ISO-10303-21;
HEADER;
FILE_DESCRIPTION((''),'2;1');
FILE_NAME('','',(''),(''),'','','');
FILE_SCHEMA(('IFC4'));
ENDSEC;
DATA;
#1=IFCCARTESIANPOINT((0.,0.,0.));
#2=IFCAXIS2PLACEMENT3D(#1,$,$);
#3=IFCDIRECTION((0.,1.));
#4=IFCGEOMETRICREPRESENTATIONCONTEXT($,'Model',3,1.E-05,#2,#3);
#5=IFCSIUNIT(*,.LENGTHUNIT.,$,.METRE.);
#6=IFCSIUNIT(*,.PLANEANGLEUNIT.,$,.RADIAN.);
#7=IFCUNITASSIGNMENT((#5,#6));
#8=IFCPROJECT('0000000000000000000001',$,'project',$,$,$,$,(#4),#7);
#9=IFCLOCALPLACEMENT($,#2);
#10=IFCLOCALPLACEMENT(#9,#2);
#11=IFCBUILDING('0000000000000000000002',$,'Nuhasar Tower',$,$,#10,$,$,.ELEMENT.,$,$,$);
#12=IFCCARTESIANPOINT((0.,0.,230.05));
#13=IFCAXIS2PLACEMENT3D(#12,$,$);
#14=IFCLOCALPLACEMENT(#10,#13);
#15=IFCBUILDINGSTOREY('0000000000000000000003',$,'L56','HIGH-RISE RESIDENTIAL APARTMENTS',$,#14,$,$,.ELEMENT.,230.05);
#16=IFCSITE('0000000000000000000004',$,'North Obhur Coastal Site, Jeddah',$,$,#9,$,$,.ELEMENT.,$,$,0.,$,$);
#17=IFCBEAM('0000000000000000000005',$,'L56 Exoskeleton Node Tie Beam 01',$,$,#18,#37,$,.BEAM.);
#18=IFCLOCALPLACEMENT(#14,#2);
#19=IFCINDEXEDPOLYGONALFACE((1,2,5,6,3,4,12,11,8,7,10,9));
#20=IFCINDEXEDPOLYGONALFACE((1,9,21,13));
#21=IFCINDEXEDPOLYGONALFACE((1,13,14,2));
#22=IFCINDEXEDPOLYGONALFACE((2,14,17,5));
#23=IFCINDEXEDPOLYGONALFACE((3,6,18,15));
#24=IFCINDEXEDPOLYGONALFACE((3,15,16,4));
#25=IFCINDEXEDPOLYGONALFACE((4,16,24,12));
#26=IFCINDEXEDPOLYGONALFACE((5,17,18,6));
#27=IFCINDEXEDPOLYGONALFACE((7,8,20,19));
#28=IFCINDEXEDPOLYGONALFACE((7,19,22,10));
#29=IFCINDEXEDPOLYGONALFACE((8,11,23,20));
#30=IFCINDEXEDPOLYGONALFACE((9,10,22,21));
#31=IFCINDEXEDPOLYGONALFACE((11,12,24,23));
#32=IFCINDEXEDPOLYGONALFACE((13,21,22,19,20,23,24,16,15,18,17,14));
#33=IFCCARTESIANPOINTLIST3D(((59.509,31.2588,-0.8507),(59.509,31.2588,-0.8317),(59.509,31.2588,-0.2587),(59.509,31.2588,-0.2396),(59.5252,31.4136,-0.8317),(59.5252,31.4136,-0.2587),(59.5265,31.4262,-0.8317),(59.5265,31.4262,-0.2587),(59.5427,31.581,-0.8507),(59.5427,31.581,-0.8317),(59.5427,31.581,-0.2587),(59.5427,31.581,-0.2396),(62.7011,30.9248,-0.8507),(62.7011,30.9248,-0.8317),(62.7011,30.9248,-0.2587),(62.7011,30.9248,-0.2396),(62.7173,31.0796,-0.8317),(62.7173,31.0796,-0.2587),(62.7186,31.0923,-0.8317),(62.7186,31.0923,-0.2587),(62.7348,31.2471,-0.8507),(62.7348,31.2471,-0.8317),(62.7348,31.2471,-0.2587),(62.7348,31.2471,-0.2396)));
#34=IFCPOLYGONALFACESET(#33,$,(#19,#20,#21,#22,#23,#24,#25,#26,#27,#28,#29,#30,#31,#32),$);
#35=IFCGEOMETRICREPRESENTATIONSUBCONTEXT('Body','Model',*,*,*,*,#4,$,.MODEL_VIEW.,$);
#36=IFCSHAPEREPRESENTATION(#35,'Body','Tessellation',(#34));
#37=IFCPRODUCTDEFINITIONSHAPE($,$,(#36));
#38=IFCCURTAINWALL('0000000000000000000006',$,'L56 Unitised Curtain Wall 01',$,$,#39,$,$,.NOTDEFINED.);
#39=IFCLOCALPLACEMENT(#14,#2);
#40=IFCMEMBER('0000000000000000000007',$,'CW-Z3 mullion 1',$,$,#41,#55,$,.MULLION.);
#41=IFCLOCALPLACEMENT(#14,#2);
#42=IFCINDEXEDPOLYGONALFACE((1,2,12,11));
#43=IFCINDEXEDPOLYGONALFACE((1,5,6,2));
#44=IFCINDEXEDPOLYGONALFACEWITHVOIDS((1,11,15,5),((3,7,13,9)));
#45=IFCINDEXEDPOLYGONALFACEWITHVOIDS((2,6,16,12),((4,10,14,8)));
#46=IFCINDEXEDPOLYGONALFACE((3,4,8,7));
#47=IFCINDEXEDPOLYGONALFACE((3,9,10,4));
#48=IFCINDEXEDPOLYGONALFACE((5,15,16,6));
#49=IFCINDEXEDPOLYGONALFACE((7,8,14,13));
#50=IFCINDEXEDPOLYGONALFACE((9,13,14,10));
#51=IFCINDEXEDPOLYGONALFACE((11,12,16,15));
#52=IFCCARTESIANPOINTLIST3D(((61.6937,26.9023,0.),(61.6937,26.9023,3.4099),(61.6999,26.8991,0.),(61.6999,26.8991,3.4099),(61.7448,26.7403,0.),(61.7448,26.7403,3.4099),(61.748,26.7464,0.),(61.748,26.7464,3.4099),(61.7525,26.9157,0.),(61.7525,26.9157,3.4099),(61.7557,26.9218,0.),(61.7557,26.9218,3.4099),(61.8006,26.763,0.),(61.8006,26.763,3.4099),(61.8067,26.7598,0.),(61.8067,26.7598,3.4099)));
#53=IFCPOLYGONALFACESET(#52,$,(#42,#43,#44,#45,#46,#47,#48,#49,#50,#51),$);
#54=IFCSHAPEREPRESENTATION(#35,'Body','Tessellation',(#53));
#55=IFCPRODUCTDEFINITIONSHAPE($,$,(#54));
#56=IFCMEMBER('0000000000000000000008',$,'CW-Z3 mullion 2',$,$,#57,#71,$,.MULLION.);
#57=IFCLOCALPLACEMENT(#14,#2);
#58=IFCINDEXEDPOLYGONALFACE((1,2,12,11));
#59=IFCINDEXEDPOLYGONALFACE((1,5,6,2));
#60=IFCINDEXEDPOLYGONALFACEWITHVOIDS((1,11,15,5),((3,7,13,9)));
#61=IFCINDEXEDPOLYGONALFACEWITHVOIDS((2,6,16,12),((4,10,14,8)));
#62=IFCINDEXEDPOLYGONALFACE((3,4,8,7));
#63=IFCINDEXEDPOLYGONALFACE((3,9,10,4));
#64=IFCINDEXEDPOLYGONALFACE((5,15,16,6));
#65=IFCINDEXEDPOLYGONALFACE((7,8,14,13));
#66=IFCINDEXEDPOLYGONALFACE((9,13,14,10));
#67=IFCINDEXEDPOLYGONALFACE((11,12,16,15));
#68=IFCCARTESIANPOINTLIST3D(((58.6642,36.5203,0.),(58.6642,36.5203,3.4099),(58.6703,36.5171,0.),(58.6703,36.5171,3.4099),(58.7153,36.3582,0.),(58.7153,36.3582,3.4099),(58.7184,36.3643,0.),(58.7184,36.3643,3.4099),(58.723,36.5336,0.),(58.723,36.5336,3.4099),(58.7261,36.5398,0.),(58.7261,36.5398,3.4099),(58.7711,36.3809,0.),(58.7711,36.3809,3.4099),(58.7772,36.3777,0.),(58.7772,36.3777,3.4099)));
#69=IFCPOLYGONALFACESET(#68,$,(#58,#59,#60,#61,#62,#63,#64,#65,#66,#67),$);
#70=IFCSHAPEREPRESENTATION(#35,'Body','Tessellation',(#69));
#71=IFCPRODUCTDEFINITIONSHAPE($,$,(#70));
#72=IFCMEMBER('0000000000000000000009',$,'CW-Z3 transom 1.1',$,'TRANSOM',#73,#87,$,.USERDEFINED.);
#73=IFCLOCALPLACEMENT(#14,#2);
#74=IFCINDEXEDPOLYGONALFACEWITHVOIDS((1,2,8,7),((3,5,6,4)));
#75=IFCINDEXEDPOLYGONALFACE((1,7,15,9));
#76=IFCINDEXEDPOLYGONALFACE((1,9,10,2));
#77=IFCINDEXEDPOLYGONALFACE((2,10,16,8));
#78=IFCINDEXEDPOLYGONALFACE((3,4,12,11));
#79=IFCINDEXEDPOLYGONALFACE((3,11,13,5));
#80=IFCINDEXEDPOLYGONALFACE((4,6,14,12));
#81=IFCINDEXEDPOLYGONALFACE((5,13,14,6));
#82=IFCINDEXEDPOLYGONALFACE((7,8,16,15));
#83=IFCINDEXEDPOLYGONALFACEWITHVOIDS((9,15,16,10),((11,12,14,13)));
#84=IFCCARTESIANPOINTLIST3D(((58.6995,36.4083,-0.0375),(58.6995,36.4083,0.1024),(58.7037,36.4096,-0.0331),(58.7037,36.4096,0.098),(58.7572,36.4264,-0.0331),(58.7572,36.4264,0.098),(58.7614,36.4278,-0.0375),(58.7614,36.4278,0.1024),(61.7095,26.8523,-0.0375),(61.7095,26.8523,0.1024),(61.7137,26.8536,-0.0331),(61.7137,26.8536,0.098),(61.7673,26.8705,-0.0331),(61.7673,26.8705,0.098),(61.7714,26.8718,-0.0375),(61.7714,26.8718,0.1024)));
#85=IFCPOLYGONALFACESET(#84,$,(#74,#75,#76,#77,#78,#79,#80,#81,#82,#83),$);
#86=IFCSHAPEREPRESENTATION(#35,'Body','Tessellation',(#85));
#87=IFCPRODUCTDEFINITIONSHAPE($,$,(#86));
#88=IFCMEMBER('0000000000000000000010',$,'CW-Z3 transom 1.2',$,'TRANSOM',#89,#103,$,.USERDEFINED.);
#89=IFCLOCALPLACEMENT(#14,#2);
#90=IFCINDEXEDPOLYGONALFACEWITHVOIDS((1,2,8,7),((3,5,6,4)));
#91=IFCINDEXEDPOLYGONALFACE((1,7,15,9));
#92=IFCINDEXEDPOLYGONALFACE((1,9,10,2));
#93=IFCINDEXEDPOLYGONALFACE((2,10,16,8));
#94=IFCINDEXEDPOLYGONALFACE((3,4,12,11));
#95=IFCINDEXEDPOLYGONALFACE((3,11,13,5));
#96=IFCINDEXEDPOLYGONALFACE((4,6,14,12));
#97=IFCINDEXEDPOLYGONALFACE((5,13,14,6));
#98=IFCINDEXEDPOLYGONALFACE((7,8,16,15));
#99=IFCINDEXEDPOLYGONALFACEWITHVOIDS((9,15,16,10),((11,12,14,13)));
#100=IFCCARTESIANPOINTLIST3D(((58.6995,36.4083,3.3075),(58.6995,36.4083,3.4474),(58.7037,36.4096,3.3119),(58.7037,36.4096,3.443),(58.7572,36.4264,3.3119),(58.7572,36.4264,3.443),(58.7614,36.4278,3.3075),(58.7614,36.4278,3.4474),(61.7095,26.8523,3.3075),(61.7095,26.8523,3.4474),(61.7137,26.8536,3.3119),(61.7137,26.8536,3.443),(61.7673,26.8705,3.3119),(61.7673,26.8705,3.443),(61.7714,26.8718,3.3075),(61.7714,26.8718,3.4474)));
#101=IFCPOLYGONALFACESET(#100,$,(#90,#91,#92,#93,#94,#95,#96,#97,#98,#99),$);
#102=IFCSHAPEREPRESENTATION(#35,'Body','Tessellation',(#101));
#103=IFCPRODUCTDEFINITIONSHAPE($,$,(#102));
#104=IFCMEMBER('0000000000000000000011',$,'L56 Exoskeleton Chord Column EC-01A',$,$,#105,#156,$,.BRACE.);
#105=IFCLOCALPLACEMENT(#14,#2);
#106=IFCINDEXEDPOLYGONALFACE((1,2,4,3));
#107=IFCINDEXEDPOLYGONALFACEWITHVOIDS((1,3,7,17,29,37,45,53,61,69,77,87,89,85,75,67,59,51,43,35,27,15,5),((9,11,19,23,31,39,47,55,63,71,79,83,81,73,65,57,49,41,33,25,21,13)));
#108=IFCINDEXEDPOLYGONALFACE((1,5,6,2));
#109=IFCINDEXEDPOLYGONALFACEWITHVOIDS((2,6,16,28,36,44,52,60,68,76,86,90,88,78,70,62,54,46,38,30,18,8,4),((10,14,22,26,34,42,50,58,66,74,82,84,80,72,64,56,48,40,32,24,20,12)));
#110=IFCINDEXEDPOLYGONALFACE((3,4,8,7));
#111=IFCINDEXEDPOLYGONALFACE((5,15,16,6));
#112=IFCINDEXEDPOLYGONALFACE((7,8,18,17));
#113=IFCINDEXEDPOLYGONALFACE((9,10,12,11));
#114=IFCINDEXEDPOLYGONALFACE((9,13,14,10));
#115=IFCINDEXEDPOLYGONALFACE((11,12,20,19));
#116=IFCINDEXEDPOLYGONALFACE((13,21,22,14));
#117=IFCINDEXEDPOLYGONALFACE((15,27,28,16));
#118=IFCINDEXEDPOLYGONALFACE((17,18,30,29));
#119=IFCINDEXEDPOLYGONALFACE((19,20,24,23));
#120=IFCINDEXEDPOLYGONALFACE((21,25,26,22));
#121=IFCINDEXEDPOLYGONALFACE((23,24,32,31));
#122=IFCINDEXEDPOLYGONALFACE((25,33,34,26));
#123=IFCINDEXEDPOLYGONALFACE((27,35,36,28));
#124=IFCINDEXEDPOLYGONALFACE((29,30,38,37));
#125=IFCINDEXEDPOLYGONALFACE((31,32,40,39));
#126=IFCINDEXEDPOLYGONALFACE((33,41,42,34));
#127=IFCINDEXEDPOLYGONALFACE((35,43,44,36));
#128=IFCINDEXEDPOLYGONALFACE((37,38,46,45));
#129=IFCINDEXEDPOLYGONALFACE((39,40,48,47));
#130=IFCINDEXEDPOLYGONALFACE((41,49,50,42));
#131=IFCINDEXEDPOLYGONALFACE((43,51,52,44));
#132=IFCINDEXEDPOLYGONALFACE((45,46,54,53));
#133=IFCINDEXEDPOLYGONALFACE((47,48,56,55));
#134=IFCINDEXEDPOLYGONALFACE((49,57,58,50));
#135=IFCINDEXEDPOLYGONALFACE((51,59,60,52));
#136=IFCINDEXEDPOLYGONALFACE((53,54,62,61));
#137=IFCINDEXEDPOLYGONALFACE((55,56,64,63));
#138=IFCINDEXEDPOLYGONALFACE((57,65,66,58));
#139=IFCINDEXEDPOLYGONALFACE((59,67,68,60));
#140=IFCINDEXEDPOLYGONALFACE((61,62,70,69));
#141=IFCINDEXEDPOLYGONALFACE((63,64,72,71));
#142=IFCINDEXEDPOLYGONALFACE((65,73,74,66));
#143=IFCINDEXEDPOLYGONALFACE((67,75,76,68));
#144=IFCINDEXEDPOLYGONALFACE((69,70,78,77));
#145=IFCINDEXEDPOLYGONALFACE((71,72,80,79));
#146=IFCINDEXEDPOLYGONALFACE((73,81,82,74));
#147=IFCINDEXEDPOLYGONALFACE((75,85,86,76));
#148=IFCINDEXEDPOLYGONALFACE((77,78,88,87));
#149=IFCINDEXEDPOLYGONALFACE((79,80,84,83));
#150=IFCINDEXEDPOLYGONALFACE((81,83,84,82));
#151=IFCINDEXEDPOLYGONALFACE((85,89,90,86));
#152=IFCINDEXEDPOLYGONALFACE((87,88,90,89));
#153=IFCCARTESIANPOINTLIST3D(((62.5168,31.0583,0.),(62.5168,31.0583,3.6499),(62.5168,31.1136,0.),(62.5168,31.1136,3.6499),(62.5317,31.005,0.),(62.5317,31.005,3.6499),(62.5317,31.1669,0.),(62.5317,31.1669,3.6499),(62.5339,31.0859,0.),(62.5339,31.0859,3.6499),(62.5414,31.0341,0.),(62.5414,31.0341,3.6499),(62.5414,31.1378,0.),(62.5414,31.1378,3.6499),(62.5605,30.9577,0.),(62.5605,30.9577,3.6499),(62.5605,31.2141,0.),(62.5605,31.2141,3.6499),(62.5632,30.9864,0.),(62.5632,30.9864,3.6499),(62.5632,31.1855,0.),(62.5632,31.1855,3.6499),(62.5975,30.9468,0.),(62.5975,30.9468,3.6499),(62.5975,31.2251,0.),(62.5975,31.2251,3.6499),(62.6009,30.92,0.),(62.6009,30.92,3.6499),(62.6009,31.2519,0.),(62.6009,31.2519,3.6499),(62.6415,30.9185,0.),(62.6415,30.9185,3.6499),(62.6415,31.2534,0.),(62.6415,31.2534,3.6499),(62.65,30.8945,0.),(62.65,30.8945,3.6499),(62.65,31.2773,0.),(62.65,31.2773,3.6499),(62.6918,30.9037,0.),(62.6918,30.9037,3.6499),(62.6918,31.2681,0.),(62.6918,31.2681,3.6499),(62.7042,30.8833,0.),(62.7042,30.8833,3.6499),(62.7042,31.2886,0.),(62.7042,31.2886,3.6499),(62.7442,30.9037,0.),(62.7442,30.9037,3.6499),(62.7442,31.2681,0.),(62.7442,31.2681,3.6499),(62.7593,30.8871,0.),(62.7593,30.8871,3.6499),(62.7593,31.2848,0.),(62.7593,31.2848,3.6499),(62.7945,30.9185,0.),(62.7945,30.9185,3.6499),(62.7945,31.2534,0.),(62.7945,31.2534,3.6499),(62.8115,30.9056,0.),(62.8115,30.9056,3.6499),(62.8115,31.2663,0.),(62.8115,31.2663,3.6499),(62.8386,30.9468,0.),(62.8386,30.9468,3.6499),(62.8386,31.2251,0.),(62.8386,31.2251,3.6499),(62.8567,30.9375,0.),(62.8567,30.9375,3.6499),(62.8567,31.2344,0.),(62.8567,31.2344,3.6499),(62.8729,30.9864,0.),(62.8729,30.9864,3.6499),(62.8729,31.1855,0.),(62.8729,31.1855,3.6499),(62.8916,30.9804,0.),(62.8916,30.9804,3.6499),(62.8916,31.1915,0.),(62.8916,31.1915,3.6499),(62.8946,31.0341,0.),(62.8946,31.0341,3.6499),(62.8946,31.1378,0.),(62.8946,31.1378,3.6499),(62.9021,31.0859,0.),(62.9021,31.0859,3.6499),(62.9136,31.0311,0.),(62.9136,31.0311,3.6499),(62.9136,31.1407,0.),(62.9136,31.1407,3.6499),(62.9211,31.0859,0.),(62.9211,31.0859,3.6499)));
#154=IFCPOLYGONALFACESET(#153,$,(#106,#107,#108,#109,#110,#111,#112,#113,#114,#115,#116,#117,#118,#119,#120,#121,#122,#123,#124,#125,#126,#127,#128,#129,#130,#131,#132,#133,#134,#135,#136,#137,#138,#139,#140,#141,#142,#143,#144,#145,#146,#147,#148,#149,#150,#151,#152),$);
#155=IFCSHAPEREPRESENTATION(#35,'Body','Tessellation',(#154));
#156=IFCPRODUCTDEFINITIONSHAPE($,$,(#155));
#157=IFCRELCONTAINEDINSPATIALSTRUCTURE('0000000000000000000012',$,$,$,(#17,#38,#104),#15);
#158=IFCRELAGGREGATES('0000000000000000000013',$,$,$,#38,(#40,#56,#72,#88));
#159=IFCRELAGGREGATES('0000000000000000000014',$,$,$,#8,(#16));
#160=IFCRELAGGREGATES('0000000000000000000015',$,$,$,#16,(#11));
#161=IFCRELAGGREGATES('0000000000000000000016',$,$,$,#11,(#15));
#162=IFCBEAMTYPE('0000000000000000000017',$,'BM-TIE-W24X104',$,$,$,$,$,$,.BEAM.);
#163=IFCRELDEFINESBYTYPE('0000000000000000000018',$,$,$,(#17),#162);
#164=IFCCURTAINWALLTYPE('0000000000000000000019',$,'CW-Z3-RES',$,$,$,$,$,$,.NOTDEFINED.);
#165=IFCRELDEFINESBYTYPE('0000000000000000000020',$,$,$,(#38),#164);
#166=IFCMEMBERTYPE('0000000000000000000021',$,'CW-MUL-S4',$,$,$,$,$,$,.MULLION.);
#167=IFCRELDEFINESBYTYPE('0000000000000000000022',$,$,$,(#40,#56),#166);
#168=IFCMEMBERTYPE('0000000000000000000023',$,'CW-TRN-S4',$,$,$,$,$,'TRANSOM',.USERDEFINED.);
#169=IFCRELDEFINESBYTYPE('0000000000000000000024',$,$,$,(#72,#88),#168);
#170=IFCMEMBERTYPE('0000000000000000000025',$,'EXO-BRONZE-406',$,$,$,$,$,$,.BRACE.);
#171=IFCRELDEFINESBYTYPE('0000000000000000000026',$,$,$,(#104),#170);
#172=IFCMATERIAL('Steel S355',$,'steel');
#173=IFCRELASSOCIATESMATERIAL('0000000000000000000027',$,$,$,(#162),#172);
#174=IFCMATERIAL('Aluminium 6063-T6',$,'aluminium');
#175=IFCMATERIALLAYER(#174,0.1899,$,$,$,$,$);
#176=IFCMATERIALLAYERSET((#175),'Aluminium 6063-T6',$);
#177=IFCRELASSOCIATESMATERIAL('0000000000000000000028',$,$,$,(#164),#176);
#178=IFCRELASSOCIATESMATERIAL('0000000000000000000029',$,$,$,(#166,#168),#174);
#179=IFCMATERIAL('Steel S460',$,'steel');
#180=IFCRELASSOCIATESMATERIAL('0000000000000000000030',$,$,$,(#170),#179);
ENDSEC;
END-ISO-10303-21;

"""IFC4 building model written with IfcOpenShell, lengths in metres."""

from ifc_helpers import new_model, si_unit, direction, frame, origin, origin_2d, place, context, subcontext, project, spatial, hollow_rectangle, hollow_circle, i_section, extrude, material, layer, layer_set, material_profile, profile_set, type_object, element, aggregate, save


model = new_model("IFC4")

# Units and contexts
model_context = context("Model", 3, precision=1e-05, world=origin(), true_north=direction((0.0, 1.0)))
body_context = subcontext(model_context, "Body", "Model", "MODEL_VIEW")
ifc_project = project(units=[si_unit("LENGTHUNIT", "METRE"), si_unit("PLANEANGLEUNIT", "RADIAN")], contexts=[model_context])

# Site, building, storey
site_placement = place(None, origin())
site = spatial("IfcSite", under=ifc_project, at=site_placement, Name="North Obhur Coastal Site, Jeddah", CompositionType="ELEMENT", RefElevation=0.0)
building_placement = place(site_placement, origin())
building = spatial("IfcBuilding", under=site, at=building_placement, Name="Nuhasar Tower", CompositionType="ELEMENT")
storey_placement = place(building_placement, frame((0.0, 0.0, 230.05)))
storey = spatial("IfcBuildingStorey", under=building, at=storey_placement, Name="L56", Description="HIGH-RISE RESIDENTIAL APARTMENTS", CompositionType="ELEMENT", Elevation=230.05)

# Beam
ifc_material_1 = material(Name="Steel S355", Category="steel")
ifc_material_profile_1 = material_profile(ifc_material_1, i_section(OverallWidth=0.324, OverallDepth=0.6111, WebThickness=0.0127, FlangeThickness=0.019, at=origin_2d()), Name="W24X104")
ifc_profile_set_1 = profile_set([ifc_material_profile_1], Name="Steel S355")
beam_type_1 = type_object("IfcBeamType", Name="BM-TIE-W24X104", PredefinedType="BEAM", material=ifc_profile_set_1)
beam_1_placement = place(storey_placement, frame((59.5259, 31.4199, -0.5452), z_axis=(0.994571, -0.104059, 0.0), x_axis=(0.104059, 0.994571, 0.0)))
element("IfcBeam", 1, at=beam_1_placement, inside=storey, type_object=beam_type_1, Name="L56 Exoskeleton Node Tie Beam 01", PredefinedType="BEAM", context=body_context, shape_type="SweptSolid", body=[
    extrude(i_section(OverallWidth=0.324, OverallDepth=0.6111, WebThickness=0.0127, FlangeThickness=0.019, at=origin_2d()), origin(), (0.0, 0.0, 1.0), 3.2095),
])

# Curtain wall, members
ifc_material_2 = material(Name="Aluminium 6063-T6", Category="aluminium")
ifc_layer_1 = layer(ifc_material_2, 0.1899)
ifc_layer_set_1 = layer_set([ifc_layer_1], Name="Aluminium 6063-T6")
curtain_wall_type = type_object("IfcCurtainWallType", Name="CW-Z3-RES", PredefinedType="NOTDEFINED", material=ifc_layer_set_1)
curtain_wall_placement = place(storey_placement, origin())
curtain_wall = element("IfcCurtainWall", 2, at=curtain_wall_placement, inside=storey, type_object=curtain_wall_type, Name="L56 Unitised Curtain Wall 01", PredefinedType="NOTDEFINED")
ifc_material_profile_2 = material_profile(ifc_material_2, hollow_rectangle(XDim=0.0649, YDim=0.1699, WallThickness=0.0049, at=origin_2d()), Name="CWM-4")
ifc_profile_set_2 = profile_set([ifc_material_profile_2], Name="Aluminium 6063-T6")
member_type_1 = type_object("IfcMemberType", Name="CW-MUL-S4", PredefinedType="MULLION", material=ifc_profile_set_2)
member_1_placement = place(storey_placement, frame((61.7502, 26.8311, 0.0), z_axis=(0.0, 0.0, 1.0), x_axis=(-0.953804, -0.300429, 0.0)))
member_1 = element("IfcMember", 3, at=member_1_placement, type_object=member_type_1, Name="CW-Z3 mullion 1", PredefinedType="MULLION", context=body_context, shape_type="SweptSolid", body=[
    extrude(hollow_rectangle(XDim=0.0649, YDim=0.1699, WallThickness=0.0049, at=origin_2d()), origin(), (0.0, 0.0, 1.0), 3.4099),
])
member_2_placement = place(storey_placement, frame((58.7207, 36.449, 0.0), z_axis=(0.0, 0.0, 1.0), x_axis=(-0.953804, -0.300429, 0.0)))
member_2 = element("IfcMember", 4, at=member_2_placement, type_object=member_type_1, Name="CW-Z3 mullion 2", PredefinedType="MULLION", context=body_context, shape_type="SweptSolid", body=[
    extrude(hollow_rectangle(XDim=0.0649, YDim=0.1699, WallThickness=0.0049, at=origin_2d()), origin(), (0.0, 0.0, 1.0), 3.4099),
])
ifc_material_profile_3 = material_profile(ifc_material_2, hollow_rectangle(XDim=0.0649, YDim=0.1399, WallThickness=0.0044, at=origin_2d()), Name="CWT-4")
ifc_profile_set_3 = profile_set([ifc_material_profile_3], Name="Aluminium 6063-T6")
member_type_2 = type_object("IfcMemberType", Name="CW-TRN-S4", ElementType="TRANSOM", PredefinedType="USERDEFINED", material=ifc_profile_set_3)
member_3_placement = place(storey_placement, frame((61.7405, 26.8621, 0.0325), z_axis=(-0.300437, 0.953802, 0.0), x_axis=(-0.953802, -0.300437, 0.0)))
member_3 = element("IfcMember", 5, at=member_3_placement, type_object=member_type_2, Name="CW-Z3 transom 1.1", ObjectType="TRANSOM", PredefinedType="USERDEFINED", context=body_context, shape_type="SweptSolid", body=[
    extrude(hollow_rectangle(XDim=0.0649, YDim=0.1399, WallThickness=0.0044, at=origin_2d()), origin(), (0.0, 0.0, 1.0), 10.0188),
])
member_4_placement = place(storey_placement, frame((61.7405, 26.8621, 3.3774), z_axis=(-0.300437, 0.953802, 0.0), x_axis=(-0.953802, -0.300437, 0.0)))
member_4 = element("IfcMember", 6, at=member_4_placement, type_object=member_type_2, Name="CW-Z3 transom 1.2", ObjectType="TRANSOM", PredefinedType="USERDEFINED", context=body_context, shape_type="SweptSolid", body=[
    extrude(hollow_rectangle(XDim=0.0649, YDim=0.1399, WallThickness=0.0044, at=origin_2d()), origin(), (0.0, 0.0, 1.0), 10.0188),
])

# Member
ifc_material_3 = material(Name="Steel S460", Category="steel")
ifc_material_profile_4 = material_profile(ifc_material_3, hollow_circle(Radius=0.2031, WallThickness=0.019, at=origin_2d()), Name="HSS406.4X19.1")
ifc_profile_set_4 = profile_set([ifc_material_profile_4], Name="Steel S460")
member_type_3 = type_object("IfcMemberType", Name="EXO-BRONZE-406", PredefinedType="BRACE", material=ifc_profile_set_4)
for number, where, z_axis, x_axis, name in (
    (7, (62.718, 31.0859, 0.0), (0.0, 0.0, 1.0), (1.0, 0.0, 0.0), "L56 Exoskeleton Chord Column EC-01A"),
):
    element("IfcMember", number, at=place(storey_placement, frame(where, z_axis=z_axis, x_axis=x_axis)), inside=storey, type_object=member_type_3, Name=name, PredefinedType="BRACE", context=body_context, shape_type="SweptSolid", body=[
        extrude(hollow_circle(Radius=0.2031, WallThickness=0.019, at=origin_2d()), origin(), (0.0, 0.0, 1.0), 3.6499),
    ])

aggregate(curtain_wall, [member_1, member_2, member_3, member_4])

save(model, "model.ifc")
